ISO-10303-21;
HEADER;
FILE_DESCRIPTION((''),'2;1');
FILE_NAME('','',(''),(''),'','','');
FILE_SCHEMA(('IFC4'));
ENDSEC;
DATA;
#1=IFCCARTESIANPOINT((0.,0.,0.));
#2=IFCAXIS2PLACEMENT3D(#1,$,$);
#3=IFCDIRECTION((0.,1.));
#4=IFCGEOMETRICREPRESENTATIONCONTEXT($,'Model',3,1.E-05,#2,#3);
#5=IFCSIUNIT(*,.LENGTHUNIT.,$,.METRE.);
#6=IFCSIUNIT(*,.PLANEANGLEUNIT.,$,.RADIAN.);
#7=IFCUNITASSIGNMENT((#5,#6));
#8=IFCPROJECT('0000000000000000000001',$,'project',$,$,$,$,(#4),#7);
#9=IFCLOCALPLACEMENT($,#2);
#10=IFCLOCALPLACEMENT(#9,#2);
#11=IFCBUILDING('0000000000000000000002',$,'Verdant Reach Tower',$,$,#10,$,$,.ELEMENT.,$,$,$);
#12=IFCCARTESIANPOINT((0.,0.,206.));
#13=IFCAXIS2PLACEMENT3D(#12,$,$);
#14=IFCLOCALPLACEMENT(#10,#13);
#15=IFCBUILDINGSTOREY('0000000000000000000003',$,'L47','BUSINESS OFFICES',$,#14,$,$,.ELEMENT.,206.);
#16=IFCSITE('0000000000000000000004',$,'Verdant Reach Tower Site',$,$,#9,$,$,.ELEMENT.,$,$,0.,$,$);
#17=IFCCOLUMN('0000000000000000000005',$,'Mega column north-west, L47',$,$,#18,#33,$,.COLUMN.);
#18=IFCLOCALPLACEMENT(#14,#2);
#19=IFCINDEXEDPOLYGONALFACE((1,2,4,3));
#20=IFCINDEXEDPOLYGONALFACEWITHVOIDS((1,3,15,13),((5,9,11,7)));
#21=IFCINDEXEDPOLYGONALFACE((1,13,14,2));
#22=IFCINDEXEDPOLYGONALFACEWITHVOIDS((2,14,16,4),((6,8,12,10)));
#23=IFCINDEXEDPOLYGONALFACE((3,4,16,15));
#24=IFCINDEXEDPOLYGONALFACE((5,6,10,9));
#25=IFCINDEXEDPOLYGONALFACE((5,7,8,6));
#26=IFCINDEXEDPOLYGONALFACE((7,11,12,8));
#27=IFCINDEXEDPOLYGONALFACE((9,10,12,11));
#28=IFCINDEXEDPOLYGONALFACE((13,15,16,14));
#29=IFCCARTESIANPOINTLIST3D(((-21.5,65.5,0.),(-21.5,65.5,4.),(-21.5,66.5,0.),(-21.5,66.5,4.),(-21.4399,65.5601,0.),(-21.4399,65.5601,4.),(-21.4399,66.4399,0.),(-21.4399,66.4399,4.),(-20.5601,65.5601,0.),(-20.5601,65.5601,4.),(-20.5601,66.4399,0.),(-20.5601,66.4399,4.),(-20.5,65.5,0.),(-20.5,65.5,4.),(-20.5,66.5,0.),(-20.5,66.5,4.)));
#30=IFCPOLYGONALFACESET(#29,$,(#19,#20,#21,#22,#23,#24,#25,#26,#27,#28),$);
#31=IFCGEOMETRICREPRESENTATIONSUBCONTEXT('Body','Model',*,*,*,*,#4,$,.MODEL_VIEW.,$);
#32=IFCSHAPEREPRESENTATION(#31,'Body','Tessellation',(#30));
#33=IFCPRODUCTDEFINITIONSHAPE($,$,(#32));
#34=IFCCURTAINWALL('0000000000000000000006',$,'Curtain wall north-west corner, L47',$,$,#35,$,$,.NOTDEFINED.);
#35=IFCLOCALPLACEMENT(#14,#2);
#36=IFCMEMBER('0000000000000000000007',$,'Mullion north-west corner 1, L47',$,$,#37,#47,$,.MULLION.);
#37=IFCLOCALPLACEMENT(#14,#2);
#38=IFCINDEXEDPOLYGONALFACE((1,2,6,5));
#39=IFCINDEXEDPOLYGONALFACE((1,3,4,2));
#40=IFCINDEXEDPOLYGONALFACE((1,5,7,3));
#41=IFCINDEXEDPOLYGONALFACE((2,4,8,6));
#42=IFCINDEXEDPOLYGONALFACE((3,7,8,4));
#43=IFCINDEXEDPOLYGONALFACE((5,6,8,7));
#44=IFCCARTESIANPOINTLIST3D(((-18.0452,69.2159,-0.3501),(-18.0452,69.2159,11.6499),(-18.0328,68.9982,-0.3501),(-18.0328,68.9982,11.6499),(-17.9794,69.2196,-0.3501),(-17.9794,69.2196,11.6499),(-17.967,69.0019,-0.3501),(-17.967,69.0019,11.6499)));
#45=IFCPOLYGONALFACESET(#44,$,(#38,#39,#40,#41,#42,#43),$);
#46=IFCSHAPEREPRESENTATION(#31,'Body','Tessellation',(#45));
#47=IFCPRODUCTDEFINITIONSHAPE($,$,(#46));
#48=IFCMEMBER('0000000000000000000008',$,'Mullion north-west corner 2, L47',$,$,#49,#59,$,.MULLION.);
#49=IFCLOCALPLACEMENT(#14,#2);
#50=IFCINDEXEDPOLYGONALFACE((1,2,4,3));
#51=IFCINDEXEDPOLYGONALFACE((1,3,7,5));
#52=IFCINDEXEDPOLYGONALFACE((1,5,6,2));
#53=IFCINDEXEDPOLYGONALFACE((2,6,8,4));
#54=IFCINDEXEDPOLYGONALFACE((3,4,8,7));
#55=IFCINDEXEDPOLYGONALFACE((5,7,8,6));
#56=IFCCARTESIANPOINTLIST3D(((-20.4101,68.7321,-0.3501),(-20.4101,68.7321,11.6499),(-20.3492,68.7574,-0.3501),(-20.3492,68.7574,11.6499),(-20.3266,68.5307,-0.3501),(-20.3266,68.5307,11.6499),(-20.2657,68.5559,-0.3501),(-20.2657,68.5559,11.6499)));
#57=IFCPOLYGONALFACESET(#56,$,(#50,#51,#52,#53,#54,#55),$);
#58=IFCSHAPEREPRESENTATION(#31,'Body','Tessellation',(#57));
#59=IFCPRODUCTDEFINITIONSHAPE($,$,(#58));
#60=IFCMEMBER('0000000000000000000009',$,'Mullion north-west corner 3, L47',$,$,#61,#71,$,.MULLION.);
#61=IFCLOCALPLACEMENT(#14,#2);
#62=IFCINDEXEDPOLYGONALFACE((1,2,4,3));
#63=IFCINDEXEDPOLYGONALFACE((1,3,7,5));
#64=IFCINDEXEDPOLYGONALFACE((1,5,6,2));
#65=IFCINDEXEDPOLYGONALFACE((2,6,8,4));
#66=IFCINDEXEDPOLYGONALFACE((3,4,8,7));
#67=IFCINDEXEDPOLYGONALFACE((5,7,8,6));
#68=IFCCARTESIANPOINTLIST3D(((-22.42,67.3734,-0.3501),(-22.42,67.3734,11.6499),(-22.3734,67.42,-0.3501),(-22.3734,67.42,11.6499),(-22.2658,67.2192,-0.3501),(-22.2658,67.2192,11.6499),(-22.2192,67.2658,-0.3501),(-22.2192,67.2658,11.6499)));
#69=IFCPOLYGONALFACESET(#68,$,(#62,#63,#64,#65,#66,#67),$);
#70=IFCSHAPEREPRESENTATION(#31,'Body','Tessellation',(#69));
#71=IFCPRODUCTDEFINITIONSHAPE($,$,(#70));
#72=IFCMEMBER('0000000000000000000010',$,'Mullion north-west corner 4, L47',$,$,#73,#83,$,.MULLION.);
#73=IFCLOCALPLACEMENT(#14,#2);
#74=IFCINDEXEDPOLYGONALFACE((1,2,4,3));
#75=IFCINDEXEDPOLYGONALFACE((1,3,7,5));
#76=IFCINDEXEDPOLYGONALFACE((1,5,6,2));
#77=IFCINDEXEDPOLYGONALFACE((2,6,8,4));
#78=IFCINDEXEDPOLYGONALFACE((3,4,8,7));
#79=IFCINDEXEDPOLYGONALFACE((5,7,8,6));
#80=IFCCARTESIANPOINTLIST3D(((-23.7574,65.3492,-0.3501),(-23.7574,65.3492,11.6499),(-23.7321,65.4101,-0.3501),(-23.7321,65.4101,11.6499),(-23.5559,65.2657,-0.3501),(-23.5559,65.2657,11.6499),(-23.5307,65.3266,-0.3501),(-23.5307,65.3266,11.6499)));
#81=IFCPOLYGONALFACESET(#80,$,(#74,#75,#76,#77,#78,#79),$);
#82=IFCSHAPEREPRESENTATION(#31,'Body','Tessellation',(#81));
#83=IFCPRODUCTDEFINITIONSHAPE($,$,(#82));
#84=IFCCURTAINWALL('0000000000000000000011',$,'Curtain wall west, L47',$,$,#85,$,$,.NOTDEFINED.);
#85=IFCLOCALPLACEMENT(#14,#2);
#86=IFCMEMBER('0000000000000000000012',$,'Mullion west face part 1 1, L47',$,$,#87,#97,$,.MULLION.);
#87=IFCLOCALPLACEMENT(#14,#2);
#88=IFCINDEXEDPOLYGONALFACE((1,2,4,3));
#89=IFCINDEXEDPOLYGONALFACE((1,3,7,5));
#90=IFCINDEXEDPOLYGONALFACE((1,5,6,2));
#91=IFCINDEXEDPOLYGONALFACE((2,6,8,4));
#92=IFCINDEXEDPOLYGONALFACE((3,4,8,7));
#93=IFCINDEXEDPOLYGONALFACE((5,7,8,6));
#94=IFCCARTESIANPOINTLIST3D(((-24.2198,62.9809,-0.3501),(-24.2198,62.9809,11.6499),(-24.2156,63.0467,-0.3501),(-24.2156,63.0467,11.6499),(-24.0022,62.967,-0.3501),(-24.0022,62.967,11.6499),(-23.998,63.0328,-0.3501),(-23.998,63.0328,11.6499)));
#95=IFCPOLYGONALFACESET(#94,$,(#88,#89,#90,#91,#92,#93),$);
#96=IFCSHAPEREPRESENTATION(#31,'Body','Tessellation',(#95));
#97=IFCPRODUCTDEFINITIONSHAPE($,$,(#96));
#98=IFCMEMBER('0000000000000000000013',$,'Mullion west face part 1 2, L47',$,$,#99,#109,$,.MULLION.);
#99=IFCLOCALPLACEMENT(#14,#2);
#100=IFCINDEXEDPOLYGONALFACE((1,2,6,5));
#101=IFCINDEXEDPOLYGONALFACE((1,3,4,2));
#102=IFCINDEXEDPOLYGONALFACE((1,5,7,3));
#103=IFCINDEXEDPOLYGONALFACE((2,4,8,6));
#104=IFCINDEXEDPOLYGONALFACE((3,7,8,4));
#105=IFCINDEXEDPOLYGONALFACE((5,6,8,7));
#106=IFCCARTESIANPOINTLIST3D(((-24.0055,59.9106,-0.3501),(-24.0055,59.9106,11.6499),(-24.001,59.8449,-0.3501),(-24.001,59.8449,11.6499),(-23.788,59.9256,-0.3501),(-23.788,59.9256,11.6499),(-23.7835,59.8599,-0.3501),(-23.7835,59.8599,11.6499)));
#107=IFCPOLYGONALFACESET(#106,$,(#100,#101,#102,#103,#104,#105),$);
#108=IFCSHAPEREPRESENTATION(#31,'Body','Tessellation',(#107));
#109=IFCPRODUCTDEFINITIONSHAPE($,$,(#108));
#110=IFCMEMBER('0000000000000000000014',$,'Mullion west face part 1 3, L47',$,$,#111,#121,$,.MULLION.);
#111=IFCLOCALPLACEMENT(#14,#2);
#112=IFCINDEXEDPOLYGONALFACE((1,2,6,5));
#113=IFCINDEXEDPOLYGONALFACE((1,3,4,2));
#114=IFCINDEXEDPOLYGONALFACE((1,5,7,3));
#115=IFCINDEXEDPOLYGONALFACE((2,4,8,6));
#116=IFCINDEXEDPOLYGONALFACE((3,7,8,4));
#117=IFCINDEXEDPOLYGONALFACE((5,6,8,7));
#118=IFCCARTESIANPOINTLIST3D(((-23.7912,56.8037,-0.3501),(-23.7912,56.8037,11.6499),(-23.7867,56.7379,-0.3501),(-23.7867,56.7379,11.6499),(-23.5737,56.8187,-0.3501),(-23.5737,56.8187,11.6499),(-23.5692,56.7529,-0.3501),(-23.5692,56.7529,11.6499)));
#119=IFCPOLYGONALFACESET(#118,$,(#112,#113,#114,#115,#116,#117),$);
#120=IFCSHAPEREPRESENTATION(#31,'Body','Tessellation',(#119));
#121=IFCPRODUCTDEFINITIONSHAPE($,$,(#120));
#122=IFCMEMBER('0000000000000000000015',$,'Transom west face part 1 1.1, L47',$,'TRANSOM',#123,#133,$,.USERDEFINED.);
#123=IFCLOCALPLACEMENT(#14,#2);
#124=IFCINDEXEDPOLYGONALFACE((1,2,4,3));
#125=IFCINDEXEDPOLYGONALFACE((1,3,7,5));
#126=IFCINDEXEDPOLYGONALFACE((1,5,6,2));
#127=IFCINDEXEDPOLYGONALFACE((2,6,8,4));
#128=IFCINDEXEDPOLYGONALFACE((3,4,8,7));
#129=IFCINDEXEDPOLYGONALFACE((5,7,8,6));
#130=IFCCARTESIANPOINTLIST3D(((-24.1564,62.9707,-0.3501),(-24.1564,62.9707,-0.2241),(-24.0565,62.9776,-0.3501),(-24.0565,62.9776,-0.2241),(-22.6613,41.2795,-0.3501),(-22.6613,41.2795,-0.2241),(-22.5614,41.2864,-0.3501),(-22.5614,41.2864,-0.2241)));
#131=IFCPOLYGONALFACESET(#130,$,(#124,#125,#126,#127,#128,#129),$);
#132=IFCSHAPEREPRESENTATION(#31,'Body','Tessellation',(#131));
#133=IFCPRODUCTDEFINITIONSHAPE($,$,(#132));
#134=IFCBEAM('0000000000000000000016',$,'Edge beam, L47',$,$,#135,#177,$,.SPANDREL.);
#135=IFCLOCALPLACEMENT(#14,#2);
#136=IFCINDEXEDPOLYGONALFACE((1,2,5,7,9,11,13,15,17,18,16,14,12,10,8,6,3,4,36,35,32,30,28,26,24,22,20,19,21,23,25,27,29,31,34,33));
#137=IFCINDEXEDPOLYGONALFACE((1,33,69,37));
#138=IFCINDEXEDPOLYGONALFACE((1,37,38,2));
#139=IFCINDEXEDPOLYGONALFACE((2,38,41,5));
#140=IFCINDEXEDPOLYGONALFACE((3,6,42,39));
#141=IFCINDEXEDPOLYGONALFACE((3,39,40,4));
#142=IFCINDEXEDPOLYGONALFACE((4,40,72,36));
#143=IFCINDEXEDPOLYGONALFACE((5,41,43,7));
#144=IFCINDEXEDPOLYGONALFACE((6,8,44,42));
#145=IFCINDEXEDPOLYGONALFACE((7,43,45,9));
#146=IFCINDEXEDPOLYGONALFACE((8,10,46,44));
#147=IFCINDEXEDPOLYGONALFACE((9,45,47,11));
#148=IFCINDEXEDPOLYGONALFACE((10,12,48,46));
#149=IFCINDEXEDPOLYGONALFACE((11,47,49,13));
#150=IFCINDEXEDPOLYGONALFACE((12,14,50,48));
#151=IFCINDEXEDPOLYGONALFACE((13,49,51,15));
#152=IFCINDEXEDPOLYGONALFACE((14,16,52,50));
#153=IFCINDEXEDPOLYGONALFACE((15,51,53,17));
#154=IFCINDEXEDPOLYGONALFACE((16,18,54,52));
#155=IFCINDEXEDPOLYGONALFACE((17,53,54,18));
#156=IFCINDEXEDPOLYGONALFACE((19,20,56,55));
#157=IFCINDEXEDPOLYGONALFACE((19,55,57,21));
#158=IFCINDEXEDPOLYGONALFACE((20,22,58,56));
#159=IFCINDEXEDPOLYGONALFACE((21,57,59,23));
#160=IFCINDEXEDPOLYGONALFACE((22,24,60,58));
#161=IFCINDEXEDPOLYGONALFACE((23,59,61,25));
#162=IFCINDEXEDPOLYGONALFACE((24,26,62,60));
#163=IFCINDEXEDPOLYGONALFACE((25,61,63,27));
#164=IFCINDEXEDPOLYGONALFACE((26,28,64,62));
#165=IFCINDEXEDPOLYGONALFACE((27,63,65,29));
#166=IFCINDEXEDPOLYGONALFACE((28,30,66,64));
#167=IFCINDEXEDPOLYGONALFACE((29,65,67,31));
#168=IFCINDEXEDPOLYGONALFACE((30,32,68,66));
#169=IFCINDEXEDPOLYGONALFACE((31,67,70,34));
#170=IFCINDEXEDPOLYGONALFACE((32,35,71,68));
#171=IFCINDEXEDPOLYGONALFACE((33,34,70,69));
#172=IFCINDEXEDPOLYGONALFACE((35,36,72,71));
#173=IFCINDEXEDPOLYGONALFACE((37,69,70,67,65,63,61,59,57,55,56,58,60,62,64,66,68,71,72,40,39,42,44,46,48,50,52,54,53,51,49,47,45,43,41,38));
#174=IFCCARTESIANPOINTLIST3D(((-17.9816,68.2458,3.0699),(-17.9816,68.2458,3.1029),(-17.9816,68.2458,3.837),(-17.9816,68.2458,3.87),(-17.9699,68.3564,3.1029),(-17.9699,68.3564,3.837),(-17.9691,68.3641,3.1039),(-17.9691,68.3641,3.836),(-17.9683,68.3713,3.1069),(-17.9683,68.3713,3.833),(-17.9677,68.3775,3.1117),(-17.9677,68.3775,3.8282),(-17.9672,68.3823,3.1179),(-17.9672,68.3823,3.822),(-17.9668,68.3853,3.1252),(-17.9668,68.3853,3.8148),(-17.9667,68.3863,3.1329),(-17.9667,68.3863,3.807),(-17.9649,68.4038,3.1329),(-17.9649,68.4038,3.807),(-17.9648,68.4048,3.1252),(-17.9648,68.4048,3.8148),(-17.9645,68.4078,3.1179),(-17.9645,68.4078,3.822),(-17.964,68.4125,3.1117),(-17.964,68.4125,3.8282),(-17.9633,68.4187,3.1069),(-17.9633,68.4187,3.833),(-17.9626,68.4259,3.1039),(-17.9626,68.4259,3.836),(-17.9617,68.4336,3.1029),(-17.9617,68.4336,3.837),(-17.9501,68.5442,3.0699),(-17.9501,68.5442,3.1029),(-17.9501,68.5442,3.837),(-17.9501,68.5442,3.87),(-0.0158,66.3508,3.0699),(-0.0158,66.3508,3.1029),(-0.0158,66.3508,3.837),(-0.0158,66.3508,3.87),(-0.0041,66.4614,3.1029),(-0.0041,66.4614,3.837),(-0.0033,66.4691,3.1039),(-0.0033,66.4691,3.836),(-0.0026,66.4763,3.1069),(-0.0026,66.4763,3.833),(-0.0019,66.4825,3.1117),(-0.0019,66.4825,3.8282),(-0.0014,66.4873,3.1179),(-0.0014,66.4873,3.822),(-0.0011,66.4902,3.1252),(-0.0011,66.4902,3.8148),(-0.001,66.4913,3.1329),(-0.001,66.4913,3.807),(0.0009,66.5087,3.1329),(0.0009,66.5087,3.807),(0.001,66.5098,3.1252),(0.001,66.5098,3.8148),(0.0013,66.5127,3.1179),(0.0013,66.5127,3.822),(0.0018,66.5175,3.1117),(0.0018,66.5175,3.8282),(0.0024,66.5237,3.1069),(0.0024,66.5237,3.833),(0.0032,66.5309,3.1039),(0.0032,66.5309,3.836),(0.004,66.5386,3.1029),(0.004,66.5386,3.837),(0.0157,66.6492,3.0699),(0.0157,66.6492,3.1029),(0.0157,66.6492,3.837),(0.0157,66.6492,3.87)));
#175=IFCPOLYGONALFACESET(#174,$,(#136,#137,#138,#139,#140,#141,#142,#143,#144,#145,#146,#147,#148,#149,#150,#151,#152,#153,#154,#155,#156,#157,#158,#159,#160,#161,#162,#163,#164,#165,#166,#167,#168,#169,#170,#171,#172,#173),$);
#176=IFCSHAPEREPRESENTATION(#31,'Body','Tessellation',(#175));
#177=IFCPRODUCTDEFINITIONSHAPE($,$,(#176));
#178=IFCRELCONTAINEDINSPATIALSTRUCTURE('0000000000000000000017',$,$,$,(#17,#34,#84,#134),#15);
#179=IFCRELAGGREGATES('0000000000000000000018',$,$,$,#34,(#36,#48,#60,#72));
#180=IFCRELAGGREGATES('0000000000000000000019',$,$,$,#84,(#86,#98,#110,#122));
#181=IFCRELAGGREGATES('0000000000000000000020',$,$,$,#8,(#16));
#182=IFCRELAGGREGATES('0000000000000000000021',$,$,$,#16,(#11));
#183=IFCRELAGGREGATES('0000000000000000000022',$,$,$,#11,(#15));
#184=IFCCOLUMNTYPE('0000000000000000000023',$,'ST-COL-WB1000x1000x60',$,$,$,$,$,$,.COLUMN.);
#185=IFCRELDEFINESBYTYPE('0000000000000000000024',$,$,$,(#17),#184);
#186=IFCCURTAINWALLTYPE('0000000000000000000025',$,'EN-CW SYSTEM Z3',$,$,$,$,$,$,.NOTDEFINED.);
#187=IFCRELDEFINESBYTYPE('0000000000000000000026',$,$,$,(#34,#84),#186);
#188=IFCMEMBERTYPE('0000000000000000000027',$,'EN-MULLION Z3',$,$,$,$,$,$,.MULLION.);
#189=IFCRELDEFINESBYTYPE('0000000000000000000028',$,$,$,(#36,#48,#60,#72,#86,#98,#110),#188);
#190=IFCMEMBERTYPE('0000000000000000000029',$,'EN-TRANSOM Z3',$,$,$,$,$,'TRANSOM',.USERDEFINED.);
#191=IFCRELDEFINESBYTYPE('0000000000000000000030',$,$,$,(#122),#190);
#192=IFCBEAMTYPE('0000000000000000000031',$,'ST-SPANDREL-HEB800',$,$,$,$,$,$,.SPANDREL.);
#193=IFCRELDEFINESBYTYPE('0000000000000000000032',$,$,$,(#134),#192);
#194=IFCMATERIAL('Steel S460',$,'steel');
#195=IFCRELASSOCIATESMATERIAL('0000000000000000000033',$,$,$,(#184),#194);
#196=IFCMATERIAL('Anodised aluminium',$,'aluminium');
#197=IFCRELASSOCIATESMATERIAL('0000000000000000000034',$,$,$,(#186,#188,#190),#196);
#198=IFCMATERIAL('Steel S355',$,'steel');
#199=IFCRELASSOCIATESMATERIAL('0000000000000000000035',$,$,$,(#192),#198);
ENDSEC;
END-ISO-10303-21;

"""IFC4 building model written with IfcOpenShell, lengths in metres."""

from ifc_helpers import new_model, si_unit, direction, frame, origin, origin_2d, place, context, subcontext, project, spatial, rectangle, hollow_rectangle, i_section, extrude, material, material_profile, profile_set, type_object, element, aggregate, save


model = new_model("IFC4")

# Units and contexts
model_context = context("Model", 3, precision=1e-05, world=origin(), true_north=direction((0.0, 1.0)))
body_context = subcontext(model_context, "Body", "Model", "MODEL_VIEW")
ifc_project = project(units=[si_unit("LENGTHUNIT", "METRE"), si_unit("PLANEANGLEUNIT", "RADIAN")], contexts=[model_context])

# Site, building, storey
site_placement = place(None, origin())
site = spatial("IfcSite", under=ifc_project, at=site_placement, Name="Verdant Reach Tower Site", CompositionType="ELEMENT", RefElevation=0.0)
building_placement = place(site_placement, origin())
building = spatial("IfcBuilding", under=site, at=building_placement, Name="Verdant Reach Tower", CompositionType="ELEMENT")
storey_placement = place(building_placement, frame((0.0, 0.0, 206.0)))
storey = spatial("IfcBuildingStorey", under=building, at=storey_placement, Name="L47", Description="BUSINESS OFFICES", CompositionType="ELEMENT", Elevation=206.0)

# Column
ifc_material_1 = material(Name="Steel S460", Category="steel")
ifc_material_profile_1 = material_profile(ifc_material_1, hollow_rectangle(XDim=1.0, YDim=1.0, WallThickness=0.0601, at=origin_2d()), Name="WB 1000x1000x60")
ifc_profile_set_1 = profile_set([ifc_material_profile_1], Name="Steel S460")
column_type = type_object("IfcColumnType", Name="ST-COL-WB1000x1000x60", PredefinedType="COLUMN", material=ifc_profile_set_1)
column_placement = place(storey_placement, frame((-21.0, 66.0, 0.0), z_axis=(0.0, 0.0, 1.0), x_axis=(1.0, 0.0, 0.0)))
element("IfcColumn", 1, at=column_placement, inside=storey, type_object=column_type, Name="Mega column north-west, L47", PredefinedType="COLUMN", context=body_context, shape_type="SweptSolid", body=[
    extrude(hollow_rectangle(XDim=1.0, YDim=1.0, WallThickness=0.0601, at=origin_2d()), origin(), (0.0, 0.0, 1.0), 4.0),
])

# Curtain walls, members
ifc_material_2 = material(Name="Anodised aluminium", Category="aluminium")
curtain_wall_type = type_object("IfcCurtainWallType", Name="EN-CW SYSTEM Z3", PredefinedType="NOTDEFINED", material=ifc_material_2)
curtain_wall_1_placement = place(storey_placement, origin())
curtain_wall_1 = element("IfcCurtainWall", 2, at=curtain_wall_1_placement, inside=storey, type_object=curtain_wall_type, Name="Curtain wall north-west corner, L47", PredefinedType="NOTDEFINED")
ifc_material_profile_2 = material_profile(ifc_material_2, rectangle(XDim=0.218, YDim=0.0659, at=origin_2d()), Name="Mullion 66x218")
ifc_profile_set_2 = profile_set([ifc_material_profile_2], Name="Anodised aluminium")
member_type_1 = type_object("IfcMemberType", Name="EN-MULLION Z3", PredefinedType="MULLION", material=ifc_profile_set_2)
member_1_placement = place(storey_placement, frame((-18.0061, 69.1089, -0.3501), z_axis=(0.0, 0.0, 1.0), x_axis=(-0.056569, 0.998399, 0.0)))
member_1 = element("IfcMember", 3, at=member_1_placement, type_object=member_type_1, Name="Mullion north-west corner 1, L47", PredefinedType="MULLION", context=body_context, shape_type="SweptSolid", body=[
    extrude(rectangle(XDim=0.218, YDim=0.0659, at=origin_2d()), origin(), (0.0, 0.0, 1.0), 12.0),
])
member_2_placement = place(storey_placement, frame((-20.3379, 68.644, -0.3501), z_axis=(0.0, 0.0, 1.0), x_axis=(-0.382694, 0.923875, 0.0)))
member_2 = element("IfcMember", 4, at=member_2_placement, type_object=member_type_1, Name="Mullion north-west corner 2, L47", PredefinedType="MULLION", context=body_context, shape_type="SweptSolid", body=[
    extrude(rectangle(XDim=0.218, YDim=0.0659, at=origin_2d()), origin(), (0.0, 0.0, 1.0), 12.0),
])
member_3_placement = place(storey_placement, frame((-22.3196, 67.3196, -0.3501), z_axis=(0.0, 0.0, 1.0), x_axis=(-0.707107, 0.707107, 0.0)))
member_3 = element("IfcMember", 5, at=member_3_placement, type_object=member_type_1, Name="Mullion north-west corner 3, L47", PredefinedType="MULLION", context=body_context, shape_type="SweptSolid", body=[
    extrude(rectangle(XDim=0.218, YDim=0.0659, at=origin_2d()), origin(), (0.0, 0.0, 1.0), 12.0),
])
member_4_placement = place(storey_placement, frame((-23.644, 65.3379, -0.3501), z_axis=(0.0, 0.0, 1.0), x_axis=(-0.923875, 0.382694, 0.0)))
member_4 = element("IfcMember", 6, at=member_4_placement, type_object=member_type_1, Name="Mullion north-west corner 4, L47", PredefinedType="MULLION", context=body_context, shape_type="SweptSolid", body=[
    extrude(rectangle(XDim=0.218, YDim=0.0659, at=origin_2d()), origin(), (0.0, 0.0, 1.0), 12.0),
])
curtain_wall_2_placement = place(storey_placement, origin())
curtain_wall_2 = element("IfcCurtainWall", 7, at=curtain_wall_2_placement, inside=storey, type_object=curtain_wall_type, Name="Curtain wall west, L47", PredefinedType="NOTDEFINED")
member_5_placement = place(storey_placement, frame((-24.1089, 63.0068, -0.3501), z_axis=(0.0, 0.0, 1.0), x_axis=(-0.997969, 0.063699, 0.0)))
member_5 = element("IfcMember", 8, at=member_5_placement, type_object=member_type_1, Name="Mullion west face part 1 1, L47", PredefinedType="MULLION", context=body_context, shape_type="SweptSolid", body=[
    extrude(rectangle(XDim=0.218, YDim=0.0659, at=origin_2d()), origin(), (0.0, 0.0, 1.0), 12.0),
])
member_6_placement = place(storey_placement, frame((-23.8945, 59.8853, -0.3501), z_axis=(0.0, 0.0, 1.0), x_axis=(-0.99763, -0.068802, 0.0)))
member_6 = element("IfcMember", 9, at=member_6_placement, type_object=member_type_1, Name="Mullion west face part 1 2, L47", PredefinedType="MULLION", context=body_context, shape_type="SweptSolid", body=[
    extrude(rectangle(XDim=0.218, YDim=0.0659, at=origin_2d()), origin(), (0.0, 0.0, 1.0), 12.0),
])
member_7_placement = place(storey_placement, frame((-23.6802, 56.7783, -0.3501), z_axis=(0.0, 0.0, 1.0), x_axis=(-0.99763, -0.068802, 0.0)))
member_7 = element("IfcMember", 10, at=member_7_placement, type_object=member_type_1, Name="Mullion west face part 1 3, L47", PredefinedType="MULLION", context=body_context, shape_type="SweptSolid", body=[
    extrude(rectangle(XDim=0.218, YDim=0.0659, at=origin_2d()), origin(), (0.0, 0.0, 1.0), 12.0),
])
ifc_material_profile_3 = material_profile(ifc_material_2, rectangle(XDim=0.1001, YDim=0.126, at=origin_2d()), Name="Transom 126x100")
ifc_profile_set_3 = profile_set([ifc_material_profile_3], Name="Anodised aluminium")
member_type_2 = type_object("IfcMemberType", Name="EN-TRANSOM Z3", ElementType="TRANSOM", PredefinedType="USERDEFINED", material=ifc_profile_set_3)
member_8_placement = place(storey_placement, frame((-24.1064, 62.9741, -0.2871), z_axis=(0.068764, -0.997633, 0.0), x_axis=(0.997633, 0.068764, 0.0)))
member_8 = element("IfcMember", 11, at=member_8_placement, type_object=member_type_2, Name="Transom west face part 1 1.1, L47", ObjectType="TRANSOM", PredefinedType="USERDEFINED", context=body_context, shape_type="SweptSolid", body=[
    extrude(rectangle(XDim=0.1001, YDim=0.126, at=origin_2d()), origin(), (0.0, 0.0, 1.0), 21.7427),
])

# Beam
ifc_material_3 = material(Name="Steel S355", Category="steel")
ifc_material_profile_4 = material_profile(ifc_material_3, i_section(OverallWidth=0.3, OverallDepth=0.8, WebThickness=0.0176, FlangeThickness=0.033, FilletRadius=0.03, at=origin_2d()), Name="HEB 800")
ifc_profile_set_4 = profile_set([ifc_material_profile_4], Name="Steel S355")
beam_type_1 = type_object("IfcBeamType", Name="ST-SPANDREL-HEB800", PredefinedType="SPANDREL", material=ifc_profile_set_4)
beam_1_placement = place(storey_placement, frame((-17.9658, 68.395, 3.47), z_axis=(0.994483, -0.104897, 0.0), x_axis=(0.104897, 0.994483, 0.0)))
element("IfcBeam", 12, at=beam_1_placement, inside=storey, type_object=beam_type_1, Name="Edge beam, L47", PredefinedType="SPANDREL", context=body_context, shape_type="SweptSolid", body=[
    extrude(i_section(OverallWidth=0.3, OverallDepth=0.8, WebThickness=0.0176, FlangeThickness=0.033, FilletRadius=0.03, at=origin_2d()), origin(), (0.0, 0.0, 1.0), 18.0654),
])

aggregate(curtain_wall_1, [member_1, member_2, member_3, member_4])
aggregate(curtain_wall_2, [member_5, member_6, member_7, member_8])

save(model, "model.ifc")
